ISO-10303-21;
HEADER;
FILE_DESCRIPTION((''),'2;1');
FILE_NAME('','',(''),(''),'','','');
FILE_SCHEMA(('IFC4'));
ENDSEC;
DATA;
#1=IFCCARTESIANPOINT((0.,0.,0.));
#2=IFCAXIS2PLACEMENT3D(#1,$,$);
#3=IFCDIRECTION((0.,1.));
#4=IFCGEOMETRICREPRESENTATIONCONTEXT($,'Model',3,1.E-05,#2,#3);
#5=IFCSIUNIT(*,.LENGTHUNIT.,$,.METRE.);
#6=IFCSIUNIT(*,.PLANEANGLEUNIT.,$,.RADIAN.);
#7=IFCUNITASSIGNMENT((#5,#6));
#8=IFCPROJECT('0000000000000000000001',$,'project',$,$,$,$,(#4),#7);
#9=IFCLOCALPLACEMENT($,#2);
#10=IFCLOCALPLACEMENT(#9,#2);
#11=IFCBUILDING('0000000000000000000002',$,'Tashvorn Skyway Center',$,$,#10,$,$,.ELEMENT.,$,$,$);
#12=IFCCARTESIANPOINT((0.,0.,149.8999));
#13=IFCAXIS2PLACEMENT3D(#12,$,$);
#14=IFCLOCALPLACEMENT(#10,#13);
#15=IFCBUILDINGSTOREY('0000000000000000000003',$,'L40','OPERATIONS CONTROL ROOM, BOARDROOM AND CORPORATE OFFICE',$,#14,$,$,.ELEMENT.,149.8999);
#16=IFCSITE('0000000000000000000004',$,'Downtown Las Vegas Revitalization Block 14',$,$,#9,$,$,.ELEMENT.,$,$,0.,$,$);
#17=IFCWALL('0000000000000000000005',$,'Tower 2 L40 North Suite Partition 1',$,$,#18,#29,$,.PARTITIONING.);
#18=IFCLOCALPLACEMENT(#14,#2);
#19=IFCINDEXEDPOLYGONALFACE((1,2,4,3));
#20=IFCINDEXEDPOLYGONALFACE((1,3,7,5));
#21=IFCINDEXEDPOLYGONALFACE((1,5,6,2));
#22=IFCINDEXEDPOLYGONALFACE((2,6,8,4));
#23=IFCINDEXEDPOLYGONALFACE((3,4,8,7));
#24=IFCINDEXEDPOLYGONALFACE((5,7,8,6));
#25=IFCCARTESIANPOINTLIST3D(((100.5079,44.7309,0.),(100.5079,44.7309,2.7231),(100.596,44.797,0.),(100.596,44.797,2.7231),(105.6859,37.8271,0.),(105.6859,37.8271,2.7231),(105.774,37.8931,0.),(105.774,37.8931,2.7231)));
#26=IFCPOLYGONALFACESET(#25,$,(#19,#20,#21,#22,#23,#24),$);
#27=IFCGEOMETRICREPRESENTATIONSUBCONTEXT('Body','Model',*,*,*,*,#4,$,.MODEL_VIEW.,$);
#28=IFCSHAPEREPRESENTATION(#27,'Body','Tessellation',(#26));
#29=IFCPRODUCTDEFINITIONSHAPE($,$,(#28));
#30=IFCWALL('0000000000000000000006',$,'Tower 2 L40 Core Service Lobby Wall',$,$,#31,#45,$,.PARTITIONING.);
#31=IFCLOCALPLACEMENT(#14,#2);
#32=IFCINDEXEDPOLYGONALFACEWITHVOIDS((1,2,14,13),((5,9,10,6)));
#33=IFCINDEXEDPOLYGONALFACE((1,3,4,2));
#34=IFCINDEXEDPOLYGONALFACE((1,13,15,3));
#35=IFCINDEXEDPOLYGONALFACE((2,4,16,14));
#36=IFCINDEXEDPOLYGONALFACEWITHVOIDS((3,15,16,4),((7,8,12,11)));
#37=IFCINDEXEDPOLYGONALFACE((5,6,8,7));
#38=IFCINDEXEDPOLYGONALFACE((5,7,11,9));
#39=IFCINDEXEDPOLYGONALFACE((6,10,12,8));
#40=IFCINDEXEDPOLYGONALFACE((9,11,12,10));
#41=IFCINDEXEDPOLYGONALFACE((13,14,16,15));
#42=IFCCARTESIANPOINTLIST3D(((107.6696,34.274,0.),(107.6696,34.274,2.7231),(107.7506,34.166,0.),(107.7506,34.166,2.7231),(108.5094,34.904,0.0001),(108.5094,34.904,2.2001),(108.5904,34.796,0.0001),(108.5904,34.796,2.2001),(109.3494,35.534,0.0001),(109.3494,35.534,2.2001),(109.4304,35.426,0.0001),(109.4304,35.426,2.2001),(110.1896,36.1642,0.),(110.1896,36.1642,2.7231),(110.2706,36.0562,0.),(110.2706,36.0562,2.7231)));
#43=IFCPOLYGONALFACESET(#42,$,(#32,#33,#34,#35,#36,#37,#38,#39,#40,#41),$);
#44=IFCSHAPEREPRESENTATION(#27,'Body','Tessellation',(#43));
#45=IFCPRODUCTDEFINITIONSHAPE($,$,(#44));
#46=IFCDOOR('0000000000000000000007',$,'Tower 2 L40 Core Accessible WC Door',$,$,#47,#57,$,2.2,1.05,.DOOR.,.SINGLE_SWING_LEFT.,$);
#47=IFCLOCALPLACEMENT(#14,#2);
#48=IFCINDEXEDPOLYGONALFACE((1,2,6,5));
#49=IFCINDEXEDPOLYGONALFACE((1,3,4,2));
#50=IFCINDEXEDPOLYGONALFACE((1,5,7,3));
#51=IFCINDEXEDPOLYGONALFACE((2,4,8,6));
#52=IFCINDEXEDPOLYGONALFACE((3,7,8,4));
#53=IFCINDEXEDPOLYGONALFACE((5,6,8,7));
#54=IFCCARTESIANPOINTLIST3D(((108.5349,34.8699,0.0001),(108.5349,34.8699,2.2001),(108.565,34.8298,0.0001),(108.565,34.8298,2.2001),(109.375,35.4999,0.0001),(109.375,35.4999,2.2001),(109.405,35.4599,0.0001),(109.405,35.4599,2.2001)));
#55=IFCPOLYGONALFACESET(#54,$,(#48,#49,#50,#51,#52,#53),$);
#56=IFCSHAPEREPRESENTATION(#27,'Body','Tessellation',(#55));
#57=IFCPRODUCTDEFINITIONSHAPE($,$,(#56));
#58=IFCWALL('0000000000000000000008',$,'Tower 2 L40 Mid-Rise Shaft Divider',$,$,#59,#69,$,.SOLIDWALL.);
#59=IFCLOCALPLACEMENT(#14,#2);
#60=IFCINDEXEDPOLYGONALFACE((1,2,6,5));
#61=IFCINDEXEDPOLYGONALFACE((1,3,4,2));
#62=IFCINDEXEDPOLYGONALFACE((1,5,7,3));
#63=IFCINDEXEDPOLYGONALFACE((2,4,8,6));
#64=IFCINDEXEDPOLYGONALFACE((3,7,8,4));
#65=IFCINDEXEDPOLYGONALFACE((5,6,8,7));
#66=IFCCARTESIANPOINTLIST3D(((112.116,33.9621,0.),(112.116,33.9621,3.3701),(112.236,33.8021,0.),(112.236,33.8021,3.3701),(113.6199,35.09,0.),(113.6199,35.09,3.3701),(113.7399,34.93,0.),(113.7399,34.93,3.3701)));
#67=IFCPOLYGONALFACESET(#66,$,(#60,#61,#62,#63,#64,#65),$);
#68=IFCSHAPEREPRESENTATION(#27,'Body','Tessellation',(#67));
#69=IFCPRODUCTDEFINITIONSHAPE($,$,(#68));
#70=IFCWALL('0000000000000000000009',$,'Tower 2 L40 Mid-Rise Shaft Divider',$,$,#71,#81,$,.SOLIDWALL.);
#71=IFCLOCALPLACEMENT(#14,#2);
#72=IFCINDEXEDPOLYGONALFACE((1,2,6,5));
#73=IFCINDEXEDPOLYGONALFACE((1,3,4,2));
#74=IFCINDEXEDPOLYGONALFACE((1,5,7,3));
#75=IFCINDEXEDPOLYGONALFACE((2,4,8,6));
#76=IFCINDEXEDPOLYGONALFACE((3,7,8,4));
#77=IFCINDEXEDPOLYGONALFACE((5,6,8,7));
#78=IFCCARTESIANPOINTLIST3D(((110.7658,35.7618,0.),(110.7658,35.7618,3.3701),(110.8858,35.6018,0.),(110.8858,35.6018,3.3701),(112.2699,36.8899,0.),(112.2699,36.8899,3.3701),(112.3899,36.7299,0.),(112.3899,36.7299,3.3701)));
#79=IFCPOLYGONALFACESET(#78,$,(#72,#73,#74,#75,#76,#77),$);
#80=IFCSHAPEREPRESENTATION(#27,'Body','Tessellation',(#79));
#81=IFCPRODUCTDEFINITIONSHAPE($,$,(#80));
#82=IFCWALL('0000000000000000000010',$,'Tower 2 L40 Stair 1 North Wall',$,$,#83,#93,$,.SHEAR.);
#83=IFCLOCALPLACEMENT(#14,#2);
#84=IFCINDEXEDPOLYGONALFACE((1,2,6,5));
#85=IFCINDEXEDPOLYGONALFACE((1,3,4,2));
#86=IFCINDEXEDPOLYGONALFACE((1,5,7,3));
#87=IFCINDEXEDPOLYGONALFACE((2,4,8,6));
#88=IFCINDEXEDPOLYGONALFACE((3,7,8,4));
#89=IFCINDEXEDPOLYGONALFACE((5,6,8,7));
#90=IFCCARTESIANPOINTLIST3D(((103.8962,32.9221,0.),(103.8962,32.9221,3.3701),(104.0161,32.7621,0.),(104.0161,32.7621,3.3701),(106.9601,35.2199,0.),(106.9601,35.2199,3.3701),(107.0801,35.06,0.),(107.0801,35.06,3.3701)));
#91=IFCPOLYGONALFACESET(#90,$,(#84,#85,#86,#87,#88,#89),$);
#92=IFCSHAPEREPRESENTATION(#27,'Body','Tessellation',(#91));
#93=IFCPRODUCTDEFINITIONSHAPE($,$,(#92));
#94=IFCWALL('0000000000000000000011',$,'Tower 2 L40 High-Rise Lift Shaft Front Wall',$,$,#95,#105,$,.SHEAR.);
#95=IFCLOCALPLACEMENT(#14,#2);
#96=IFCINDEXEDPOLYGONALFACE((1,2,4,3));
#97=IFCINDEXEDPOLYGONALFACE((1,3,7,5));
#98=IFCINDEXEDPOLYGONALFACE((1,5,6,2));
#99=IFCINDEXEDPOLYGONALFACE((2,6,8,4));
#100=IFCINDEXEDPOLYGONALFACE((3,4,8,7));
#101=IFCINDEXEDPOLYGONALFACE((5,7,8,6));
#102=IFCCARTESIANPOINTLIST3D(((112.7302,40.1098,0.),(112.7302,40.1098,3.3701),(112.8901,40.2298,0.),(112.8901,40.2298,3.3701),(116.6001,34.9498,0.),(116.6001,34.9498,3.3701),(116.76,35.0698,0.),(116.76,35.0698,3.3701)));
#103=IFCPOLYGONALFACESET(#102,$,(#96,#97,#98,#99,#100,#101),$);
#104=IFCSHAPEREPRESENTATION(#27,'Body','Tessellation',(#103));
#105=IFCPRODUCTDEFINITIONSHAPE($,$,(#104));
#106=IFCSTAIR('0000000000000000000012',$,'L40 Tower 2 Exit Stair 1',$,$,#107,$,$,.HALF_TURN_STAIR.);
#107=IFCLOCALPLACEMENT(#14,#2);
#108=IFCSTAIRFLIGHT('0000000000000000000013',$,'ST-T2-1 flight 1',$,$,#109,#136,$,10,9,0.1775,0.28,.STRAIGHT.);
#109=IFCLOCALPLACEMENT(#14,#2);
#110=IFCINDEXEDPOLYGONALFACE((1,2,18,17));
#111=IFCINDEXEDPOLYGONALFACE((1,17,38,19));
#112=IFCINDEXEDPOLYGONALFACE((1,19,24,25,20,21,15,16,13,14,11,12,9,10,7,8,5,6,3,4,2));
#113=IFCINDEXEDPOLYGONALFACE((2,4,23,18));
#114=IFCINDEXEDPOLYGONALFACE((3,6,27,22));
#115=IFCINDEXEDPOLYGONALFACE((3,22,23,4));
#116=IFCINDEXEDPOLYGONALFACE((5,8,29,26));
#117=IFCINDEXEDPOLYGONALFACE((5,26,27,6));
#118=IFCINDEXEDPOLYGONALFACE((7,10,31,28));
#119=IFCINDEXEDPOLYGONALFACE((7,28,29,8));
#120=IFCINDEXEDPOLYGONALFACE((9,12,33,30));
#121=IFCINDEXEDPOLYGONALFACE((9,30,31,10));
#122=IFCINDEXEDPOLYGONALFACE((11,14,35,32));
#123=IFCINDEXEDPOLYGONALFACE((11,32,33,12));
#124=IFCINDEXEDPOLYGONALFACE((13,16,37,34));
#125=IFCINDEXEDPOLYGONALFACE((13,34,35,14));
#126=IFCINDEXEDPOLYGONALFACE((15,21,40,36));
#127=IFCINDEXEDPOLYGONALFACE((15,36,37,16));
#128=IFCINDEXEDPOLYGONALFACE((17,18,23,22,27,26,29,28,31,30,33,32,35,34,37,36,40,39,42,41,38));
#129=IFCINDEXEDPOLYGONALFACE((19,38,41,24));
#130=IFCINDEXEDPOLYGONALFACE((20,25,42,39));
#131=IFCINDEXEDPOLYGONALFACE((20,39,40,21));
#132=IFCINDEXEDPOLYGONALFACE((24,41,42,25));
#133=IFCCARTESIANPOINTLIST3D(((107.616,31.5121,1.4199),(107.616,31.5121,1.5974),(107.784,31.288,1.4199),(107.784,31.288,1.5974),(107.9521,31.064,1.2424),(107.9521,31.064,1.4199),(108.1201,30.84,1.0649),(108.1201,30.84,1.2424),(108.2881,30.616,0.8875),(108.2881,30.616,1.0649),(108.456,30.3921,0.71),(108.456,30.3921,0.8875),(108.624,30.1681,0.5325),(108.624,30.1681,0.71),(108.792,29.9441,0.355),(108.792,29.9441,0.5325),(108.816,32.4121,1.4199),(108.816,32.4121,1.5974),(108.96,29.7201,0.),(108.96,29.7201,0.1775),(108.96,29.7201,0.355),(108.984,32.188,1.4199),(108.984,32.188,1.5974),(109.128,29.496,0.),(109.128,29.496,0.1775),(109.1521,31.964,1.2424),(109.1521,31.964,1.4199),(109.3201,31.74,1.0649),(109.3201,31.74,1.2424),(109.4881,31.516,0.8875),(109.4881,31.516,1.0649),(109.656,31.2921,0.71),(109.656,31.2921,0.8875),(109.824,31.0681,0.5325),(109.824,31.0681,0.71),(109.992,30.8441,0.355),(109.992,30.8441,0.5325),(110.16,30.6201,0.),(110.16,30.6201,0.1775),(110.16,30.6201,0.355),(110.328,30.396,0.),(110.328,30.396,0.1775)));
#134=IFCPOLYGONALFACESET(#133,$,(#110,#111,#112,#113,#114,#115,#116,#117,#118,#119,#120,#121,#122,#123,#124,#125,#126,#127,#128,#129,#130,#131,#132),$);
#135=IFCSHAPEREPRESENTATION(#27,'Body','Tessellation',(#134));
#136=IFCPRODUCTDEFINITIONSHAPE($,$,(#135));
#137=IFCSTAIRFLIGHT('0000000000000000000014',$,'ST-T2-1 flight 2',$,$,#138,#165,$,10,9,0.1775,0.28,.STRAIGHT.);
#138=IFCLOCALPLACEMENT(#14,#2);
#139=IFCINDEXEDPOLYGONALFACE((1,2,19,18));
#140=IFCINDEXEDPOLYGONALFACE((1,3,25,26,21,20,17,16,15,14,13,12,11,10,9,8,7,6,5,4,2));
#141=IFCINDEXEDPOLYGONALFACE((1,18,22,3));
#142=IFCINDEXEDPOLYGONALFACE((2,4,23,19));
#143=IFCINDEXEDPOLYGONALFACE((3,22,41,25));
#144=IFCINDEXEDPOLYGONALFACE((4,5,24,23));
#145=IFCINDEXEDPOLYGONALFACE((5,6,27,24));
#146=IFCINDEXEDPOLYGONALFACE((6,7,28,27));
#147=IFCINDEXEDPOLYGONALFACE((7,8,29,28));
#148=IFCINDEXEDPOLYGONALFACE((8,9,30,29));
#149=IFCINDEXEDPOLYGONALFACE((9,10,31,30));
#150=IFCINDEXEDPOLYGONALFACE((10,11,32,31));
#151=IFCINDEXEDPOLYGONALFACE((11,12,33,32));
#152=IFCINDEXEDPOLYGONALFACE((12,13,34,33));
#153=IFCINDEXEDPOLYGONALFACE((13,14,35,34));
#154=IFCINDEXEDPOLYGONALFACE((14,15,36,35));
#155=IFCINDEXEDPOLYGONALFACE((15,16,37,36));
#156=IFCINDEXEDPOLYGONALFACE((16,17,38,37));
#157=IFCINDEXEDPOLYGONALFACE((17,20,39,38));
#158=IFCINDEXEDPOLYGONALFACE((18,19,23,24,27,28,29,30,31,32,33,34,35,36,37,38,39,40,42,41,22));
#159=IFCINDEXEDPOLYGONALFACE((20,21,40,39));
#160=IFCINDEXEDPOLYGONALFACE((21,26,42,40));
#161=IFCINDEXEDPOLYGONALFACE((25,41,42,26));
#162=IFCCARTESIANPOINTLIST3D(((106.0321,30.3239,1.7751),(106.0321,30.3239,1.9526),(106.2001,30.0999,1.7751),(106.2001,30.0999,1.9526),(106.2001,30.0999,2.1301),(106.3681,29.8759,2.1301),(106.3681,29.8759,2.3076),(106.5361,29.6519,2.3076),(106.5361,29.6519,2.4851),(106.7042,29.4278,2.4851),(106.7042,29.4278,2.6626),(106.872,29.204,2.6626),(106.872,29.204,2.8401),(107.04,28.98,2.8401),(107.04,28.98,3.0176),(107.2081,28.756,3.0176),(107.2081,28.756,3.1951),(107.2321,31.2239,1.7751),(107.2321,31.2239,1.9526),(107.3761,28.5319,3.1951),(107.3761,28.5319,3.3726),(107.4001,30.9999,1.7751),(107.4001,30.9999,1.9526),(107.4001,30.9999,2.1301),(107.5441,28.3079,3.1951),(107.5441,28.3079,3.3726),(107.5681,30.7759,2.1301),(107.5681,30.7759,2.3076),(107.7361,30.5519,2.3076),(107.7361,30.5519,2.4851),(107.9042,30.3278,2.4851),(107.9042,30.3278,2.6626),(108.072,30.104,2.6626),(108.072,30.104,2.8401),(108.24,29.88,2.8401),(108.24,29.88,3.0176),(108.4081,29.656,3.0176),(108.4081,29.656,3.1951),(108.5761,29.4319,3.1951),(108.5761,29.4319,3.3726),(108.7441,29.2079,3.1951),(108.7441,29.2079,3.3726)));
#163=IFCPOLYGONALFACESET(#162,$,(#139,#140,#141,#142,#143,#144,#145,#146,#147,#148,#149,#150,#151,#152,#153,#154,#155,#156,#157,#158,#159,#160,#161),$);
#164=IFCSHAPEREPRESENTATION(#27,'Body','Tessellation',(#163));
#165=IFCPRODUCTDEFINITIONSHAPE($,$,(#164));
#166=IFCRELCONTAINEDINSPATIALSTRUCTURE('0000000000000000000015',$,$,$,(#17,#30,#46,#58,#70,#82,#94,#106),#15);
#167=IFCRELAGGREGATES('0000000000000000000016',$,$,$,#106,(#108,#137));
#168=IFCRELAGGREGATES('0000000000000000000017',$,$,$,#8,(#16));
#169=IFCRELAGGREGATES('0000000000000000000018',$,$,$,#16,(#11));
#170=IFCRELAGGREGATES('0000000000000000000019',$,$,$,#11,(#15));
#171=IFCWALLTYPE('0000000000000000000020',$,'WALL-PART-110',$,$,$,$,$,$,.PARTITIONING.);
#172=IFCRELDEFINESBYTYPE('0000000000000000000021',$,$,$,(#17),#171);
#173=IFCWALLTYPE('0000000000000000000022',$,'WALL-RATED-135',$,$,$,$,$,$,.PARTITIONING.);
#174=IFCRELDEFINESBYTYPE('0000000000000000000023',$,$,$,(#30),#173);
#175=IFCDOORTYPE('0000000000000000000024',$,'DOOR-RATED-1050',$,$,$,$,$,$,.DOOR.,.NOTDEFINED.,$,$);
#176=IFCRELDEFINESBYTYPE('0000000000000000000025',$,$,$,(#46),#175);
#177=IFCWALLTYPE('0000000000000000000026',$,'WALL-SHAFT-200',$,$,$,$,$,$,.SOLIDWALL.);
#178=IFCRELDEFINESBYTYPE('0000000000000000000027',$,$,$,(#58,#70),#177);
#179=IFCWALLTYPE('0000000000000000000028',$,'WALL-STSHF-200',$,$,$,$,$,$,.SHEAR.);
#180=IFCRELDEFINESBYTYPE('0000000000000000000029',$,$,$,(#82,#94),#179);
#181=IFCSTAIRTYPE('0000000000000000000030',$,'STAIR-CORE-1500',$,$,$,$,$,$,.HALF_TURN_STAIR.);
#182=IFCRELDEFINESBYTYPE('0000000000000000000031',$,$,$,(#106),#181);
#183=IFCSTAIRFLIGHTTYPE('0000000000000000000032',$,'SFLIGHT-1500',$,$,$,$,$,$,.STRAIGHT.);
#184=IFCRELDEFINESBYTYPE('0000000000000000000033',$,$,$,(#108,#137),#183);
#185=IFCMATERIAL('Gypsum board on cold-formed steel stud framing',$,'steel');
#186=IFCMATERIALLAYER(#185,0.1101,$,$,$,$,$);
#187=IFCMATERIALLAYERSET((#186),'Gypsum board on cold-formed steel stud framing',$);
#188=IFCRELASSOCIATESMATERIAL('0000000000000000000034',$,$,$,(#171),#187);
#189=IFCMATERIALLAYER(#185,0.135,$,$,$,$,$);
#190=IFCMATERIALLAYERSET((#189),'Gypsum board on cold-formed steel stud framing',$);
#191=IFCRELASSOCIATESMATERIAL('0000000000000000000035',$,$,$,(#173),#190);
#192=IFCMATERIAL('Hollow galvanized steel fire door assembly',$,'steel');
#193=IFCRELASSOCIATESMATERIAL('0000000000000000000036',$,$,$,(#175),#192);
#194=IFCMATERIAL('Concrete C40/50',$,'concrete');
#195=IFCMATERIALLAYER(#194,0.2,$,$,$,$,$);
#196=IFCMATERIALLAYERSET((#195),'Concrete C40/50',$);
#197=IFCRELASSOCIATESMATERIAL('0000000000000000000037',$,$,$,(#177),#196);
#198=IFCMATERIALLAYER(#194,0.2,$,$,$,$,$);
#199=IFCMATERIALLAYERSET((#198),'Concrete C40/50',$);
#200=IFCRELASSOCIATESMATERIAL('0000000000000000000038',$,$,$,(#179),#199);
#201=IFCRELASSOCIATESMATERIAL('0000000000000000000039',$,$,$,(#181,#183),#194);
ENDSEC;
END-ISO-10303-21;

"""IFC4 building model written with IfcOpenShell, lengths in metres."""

from ifc_helpers import new_model, si_unit, direction, frame, frame_2d, origin, place, context, subcontext, project, spatial, polyline, rectangle, outline, extrude, material, layer, layer_set, type_object, element, fill, aggregate, save


model = new_model("IFC4")

# Units and contexts
model_context = context("Model", 3, precision=1e-05, world=origin(), true_north=direction((0.0, 1.0)))
body_context = subcontext(model_context, "Body", "Model", "MODEL_VIEW")
ifc_project = project(units=[si_unit("LENGTHUNIT", "METRE"), si_unit("PLANEANGLEUNIT", "RADIAN")], contexts=[model_context])

# Site, building, storey
site_placement = place(None, origin())
site = spatial("IfcSite", under=ifc_project, at=site_placement, Name="Downtown Las Vegas Revitalization Block 14", CompositionType="ELEMENT", RefElevation=0.0)
building_placement = place(site_placement, origin())
building = spatial("IfcBuilding", under=site, at=building_placement, Name="Tashvorn Skyway Center", CompositionType="ELEMENT")
storey_placement = place(building_placement, frame((0.0, 0.0, 149.8999)))
storey = spatial("IfcBuildingStorey", under=building, at=storey_placement, Name="L40", Description="OPERATIONS CONTROL ROOM, BOARDROOM AND CORPORATE OFFICE", CompositionType="ELEMENT", Elevation=149.8999)

# Shared definitions
ifc_material_1 = material(Name="Hollow galvanized steel fire door assembly", Category="steel")

# Wall
ifc_material_2 = material(Name="Concrete C40/50", Category="concrete")
ifc_material_3 = material(Name="Gypsum board on cold-formed steel stud framing", Category="steel")
ifc_layer_1 = layer(ifc_material_3, 0.1101)
ifc_layer_set_1 = layer_set([ifc_layer_1], Name="Gypsum board on cold-formed steel stud framing")
wall_type_1 = type_object("IfcWallType", Name="WALL-PART-110", PredefinedType="PARTITIONING", material=ifc_layer_set_1)
wall_1_placement = place(storey_placement, frame((105.73, 37.8601, 0.0), z_axis=(0.0, 0.0, 1.0), x_axis=(-0.600009, 0.799993, 0.0)))
element("IfcWall", 1, at=wall_1_placement, inside=storey, type_object=wall_type_1, Name="Tower 2 L40 North Suite Partition 1", PredefinedType="PARTITIONING", context=body_context, shape_type="SweptSolid", body=[
    extrude(rectangle(XDim=8.6299, YDim=0.1101, at=frame_2d((4.3149, 0.0))), origin(), (0.0, 0.0, 1.0), 2.7231),
])

# Wall, opening, door
ifc_layer_2 = layer(ifc_material_3, 0.135)
ifc_layer_set_2 = layer_set([ifc_layer_2], Name="Gypsum board on cold-formed steel stud framing")
wall_type_2 = type_object("IfcWallType", Name="WALL-RATED-135", PredefinedType="PARTITIONING", material=ifc_layer_set_2)
wall_2_placement = place(storey_placement, frame((107.71, 34.22, 0.0), z_axis=(0.0, 0.0, 1.0), x_axis=(0.799981, 0.600025, 0.0)))
wall_2 = element("IfcWall", 2, at=wall_2_placement, inside=storey, type_object=wall_type_2, Name="Tower 2 L40 Core Service Lobby Wall", PredefinedType="PARTITIONING", context=body_context, shape_type="SweptSolid", body=[
    extrude(rectangle(XDim=3.1501, YDim=0.135, at=frame_2d((1.5752, 0.0))), origin(), (0.0, 0.0, 1.0), 2.7231),
])
opening_1_placement = place(wall_2_placement, frame((1.05, 0.0, 0.0)))
opening_1 = element("IfcOpeningElement", 3, at=opening_1_placement, cuts=wall_2, PredefinedType="OPENING", context=body_context, shape_type="SweptSolid", body=[
    extrude(rectangle(XDim=1.05, YDim=2.2, at=frame_2d((0.5249, 1.1001))), frame((0.0, 0.0774, 0.0), z_axis=(0.0, -1.0, 0.0), x_axis=(1.0, 0.0, 0.0)), (0.0, 0.0, 1.0), 0.155),
])
door_type_1 = type_object("IfcDoorType", Name="DOOR-RATED-1050", OperationType="NOTDEFINED", PredefinedType="DOOR", material=ifc_material_1)
door_1_placement = place(opening_1_placement, origin())
door_1 = element("IfcDoor", 4, at=door_1_placement, inside=storey, type_object=door_type_1, Name="Tower 2 L40 Core Accessible WC Door", OperationType="SINGLE_SWING_LEFT", OverallHeight=2.2, OverallWidth=1.05, PredefinedType="DOOR", context=body_context, shape_type="SweptSolid", body=[
    extrude(rectangle(XDim=1.05, YDim=2.2, at=frame_2d((0.5249, 1.1001))), frame((0.0, 0.0249, 0.0), z_axis=(0.0, -1.0, 0.0), x_axis=(1.0, 0.0, 0.0)), (0.0, 0.0, 1.0), 0.05),
])
fill(opening_1, door_1)

# Walls
ifc_layer_3 = layer(ifc_material_2, 0.2)
ifc_layer_set_3 = layer_set([ifc_layer_3], Name="Concrete C40/50")
wall_type_3 = type_object("IfcWallType", Name="WALL-SHAFT-200", PredefinedType="SOLIDWALL", material=ifc_layer_set_3)
wall_3_placement = place(storey_placement, frame((112.176, 33.8821, 0.0), z_axis=(0.0, 0.0, 1.0), x_axis=(0.8, 0.6, 0.0)))
element("IfcWall", 5, at=wall_3_placement, inside=storey, type_object=wall_type_3, Name="Tower 2 L40 Mid-Rise Shaft Divider", PredefinedType="SOLIDWALL", context=body_context, shape_type="SweptSolid", body=[
    extrude(rectangle(XDim=1.8799, YDim=0.2, at=frame_2d((0.9399, 0.0))), origin(), (0.0, 0.0, 1.0), 3.3701),
])
wall_4_placement = place(storey_placement, frame((110.8259, 35.6819, 0.0), z_axis=(0.0, 0.0, 1.0), x_axis=(0.799984, 0.600021, 0.0)))
element("IfcWall", 6, at=wall_4_placement, inside=storey, type_object=wall_type_3, Name="Tower 2 L40 Mid-Rise Shaft Divider", PredefinedType="SOLIDWALL", context=body_context, shape_type="SweptSolid", body=[
    extrude(rectangle(XDim=1.8801, YDim=0.2, at=frame_2d((0.9399, 0.0))), origin(), (0.0, 0.0, 1.0), 3.3701),
])
ifc_layer_4 = layer(ifc_material_2, 0.2)
ifc_layer_set_4 = layer_set([ifc_layer_4], Name="Concrete C40/50")
wall_type_4 = type_object("IfcWallType", Name="WALL-STSHF-200", PredefinedType="SHEAR", material=ifc_layer_set_4)
wall_5_placement = place(storey_placement, frame((103.9561, 32.842, 0.0), z_axis=(0.0, 0.0, 1.0), x_axis=(0.800015, 0.59998, 0.0)))
element("IfcWall", 7, at=wall_5_placement, inside=storey, type_object=wall_type_4, Name="Tower 2 L40 Stair 1 North Wall", PredefinedType="SHEAR", context=body_context, shape_type="SweptSolid", body=[
    extrude(rectangle(XDim=3.8298, YDim=0.2, at=frame_2d((1.915, 0.0))), origin(), (0.0, 0.0, 1.0), 3.3701),
])
wall_6_placement = place(storey_placement, frame((112.8101, 40.1699, 0.0), z_axis=(0.0, 0.0, 1.0), x_axis=(0.599994, -0.800005, 0.0)))
element("IfcWall", 8, at=wall_6_placement, inside=storey, type_object=wall_type_4, Name="Tower 2 L40 High-Rise Lift Shaft Front Wall", PredefinedType="SHEAR", context=body_context, shape_type="SweptSolid", body=[
    extrude(rectangle(XDim=6.45, YDim=0.2, at=frame_2d((3.2251, 0.0))), origin(), (0.0, 0.0, 1.0), 3.3701),
])

# Stair, stair flights
stair_type = type_object("IfcStairType", Name="STAIR-CORE-1500", PredefinedType="HALF_TURN_STAIR", material=ifc_material_2)
stair_placement = place(storey_placement, origin())
stair = element("IfcStair", 9, at=stair_placement, inside=storey, type_object=stair_type, Name="L40 Tower 2 Exit Stair 1", PredefinedType="HALF_TURN_STAIR")
stair_flight_type = type_object("IfcStairFlightType", Name="SFLIGHT-1500", PredefinedType="STRAIGHT", material=ifc_material_2)
stair_flight_1_placement = place(storey_placement, frame((109.728, 29.946, 0.0), z_axis=(0.0, 0.0, 1.0), x_axis=(-0.6, 0.8, 0.0)))
stair_flight_1 = element("IfcStairFlight", 10, at=stair_flight_1_placement, type_object=stair_flight_type, Name="ST-T2-1 flight 1", NumberOfRisers=10, NumberOfTreads=9, PredefinedType="STRAIGHT", RiserHeight=0.1775, TreadLength=0.28, context=body_context, shape_type="SweptSolid", body=[
    extrude(outline(polyline([(0.0, 0.0), (0.0, 0.1775), (0.28, 0.1775), (0.28, 0.355), (0.5601, 0.355), (0.5601, 0.5325), (0.8401, 0.5325), (0.8401, 0.71), (1.1201, 0.71), (1.1201, 0.8875), (1.3999, 0.8875), (1.3999, 1.0649), (1.6799, 1.0649), (1.6799, 1.2424), (1.96, 1.2424), (1.96, 1.4199), (2.24, 1.4199), (2.24, 1.5974), (2.52, 1.5974), (2.52, 1.7749), (2.52, 1.4199), (0.28, 0.0), (0.0, 0.0)])), frame((0.0, 0.75, 0.0), z_axis=(0.0, -1.0, 0.0), x_axis=(1.0, 0.0, 0.0)), (0.0, 0.0, 1.0), 1.5),
])
stair_flight_2_placement = place(storey_placement, frame((106.6321, 30.7739, 1.7751), z_axis=(0.0, 0.0, 1.0), x_axis=(0.6, -0.8, 0.0)))
stair_flight_2 = element("IfcStairFlight", 11, at=stair_flight_2_placement, type_object=stair_flight_type, Name="ST-T2-1 flight 2", NumberOfRisers=10, NumberOfTreads=9, PredefinedType="STRAIGHT", RiserHeight=0.1775, TreadLength=0.28, context=body_context, shape_type="SweptSolid", body=[
    extrude(outline(polyline([(0.0, 0.0), (0.0, 0.1775), (0.28, 0.1775), (0.28, 0.355), (0.5601, 0.355), (0.5601, 0.5325), (0.8401, 0.5325), (0.8401, 0.71), (1.1201, 0.71), (1.1201, 0.8875), (1.3999, 0.8875), (1.3999, 1.0649), (1.6799, 1.0649), (1.6799, 1.2424), (1.96, 1.2424), (1.96, 1.4199), (2.24, 1.4199), (2.24, 1.5974), (2.52, 1.5974), (2.52, 1.7749), (2.52, 1.4199), (0.28, 0.0), (0.0, 0.0)])), frame((0.0, 0.75, 0.0), z_axis=(0.0, -1.0, 0.0), x_axis=(1.0, 0.0, 0.0)), (0.0, 0.0, 1.0), 1.5),
])
aggregate(stair, [stair_flight_1, stair_flight_2])

save(model, "model.ifc")
